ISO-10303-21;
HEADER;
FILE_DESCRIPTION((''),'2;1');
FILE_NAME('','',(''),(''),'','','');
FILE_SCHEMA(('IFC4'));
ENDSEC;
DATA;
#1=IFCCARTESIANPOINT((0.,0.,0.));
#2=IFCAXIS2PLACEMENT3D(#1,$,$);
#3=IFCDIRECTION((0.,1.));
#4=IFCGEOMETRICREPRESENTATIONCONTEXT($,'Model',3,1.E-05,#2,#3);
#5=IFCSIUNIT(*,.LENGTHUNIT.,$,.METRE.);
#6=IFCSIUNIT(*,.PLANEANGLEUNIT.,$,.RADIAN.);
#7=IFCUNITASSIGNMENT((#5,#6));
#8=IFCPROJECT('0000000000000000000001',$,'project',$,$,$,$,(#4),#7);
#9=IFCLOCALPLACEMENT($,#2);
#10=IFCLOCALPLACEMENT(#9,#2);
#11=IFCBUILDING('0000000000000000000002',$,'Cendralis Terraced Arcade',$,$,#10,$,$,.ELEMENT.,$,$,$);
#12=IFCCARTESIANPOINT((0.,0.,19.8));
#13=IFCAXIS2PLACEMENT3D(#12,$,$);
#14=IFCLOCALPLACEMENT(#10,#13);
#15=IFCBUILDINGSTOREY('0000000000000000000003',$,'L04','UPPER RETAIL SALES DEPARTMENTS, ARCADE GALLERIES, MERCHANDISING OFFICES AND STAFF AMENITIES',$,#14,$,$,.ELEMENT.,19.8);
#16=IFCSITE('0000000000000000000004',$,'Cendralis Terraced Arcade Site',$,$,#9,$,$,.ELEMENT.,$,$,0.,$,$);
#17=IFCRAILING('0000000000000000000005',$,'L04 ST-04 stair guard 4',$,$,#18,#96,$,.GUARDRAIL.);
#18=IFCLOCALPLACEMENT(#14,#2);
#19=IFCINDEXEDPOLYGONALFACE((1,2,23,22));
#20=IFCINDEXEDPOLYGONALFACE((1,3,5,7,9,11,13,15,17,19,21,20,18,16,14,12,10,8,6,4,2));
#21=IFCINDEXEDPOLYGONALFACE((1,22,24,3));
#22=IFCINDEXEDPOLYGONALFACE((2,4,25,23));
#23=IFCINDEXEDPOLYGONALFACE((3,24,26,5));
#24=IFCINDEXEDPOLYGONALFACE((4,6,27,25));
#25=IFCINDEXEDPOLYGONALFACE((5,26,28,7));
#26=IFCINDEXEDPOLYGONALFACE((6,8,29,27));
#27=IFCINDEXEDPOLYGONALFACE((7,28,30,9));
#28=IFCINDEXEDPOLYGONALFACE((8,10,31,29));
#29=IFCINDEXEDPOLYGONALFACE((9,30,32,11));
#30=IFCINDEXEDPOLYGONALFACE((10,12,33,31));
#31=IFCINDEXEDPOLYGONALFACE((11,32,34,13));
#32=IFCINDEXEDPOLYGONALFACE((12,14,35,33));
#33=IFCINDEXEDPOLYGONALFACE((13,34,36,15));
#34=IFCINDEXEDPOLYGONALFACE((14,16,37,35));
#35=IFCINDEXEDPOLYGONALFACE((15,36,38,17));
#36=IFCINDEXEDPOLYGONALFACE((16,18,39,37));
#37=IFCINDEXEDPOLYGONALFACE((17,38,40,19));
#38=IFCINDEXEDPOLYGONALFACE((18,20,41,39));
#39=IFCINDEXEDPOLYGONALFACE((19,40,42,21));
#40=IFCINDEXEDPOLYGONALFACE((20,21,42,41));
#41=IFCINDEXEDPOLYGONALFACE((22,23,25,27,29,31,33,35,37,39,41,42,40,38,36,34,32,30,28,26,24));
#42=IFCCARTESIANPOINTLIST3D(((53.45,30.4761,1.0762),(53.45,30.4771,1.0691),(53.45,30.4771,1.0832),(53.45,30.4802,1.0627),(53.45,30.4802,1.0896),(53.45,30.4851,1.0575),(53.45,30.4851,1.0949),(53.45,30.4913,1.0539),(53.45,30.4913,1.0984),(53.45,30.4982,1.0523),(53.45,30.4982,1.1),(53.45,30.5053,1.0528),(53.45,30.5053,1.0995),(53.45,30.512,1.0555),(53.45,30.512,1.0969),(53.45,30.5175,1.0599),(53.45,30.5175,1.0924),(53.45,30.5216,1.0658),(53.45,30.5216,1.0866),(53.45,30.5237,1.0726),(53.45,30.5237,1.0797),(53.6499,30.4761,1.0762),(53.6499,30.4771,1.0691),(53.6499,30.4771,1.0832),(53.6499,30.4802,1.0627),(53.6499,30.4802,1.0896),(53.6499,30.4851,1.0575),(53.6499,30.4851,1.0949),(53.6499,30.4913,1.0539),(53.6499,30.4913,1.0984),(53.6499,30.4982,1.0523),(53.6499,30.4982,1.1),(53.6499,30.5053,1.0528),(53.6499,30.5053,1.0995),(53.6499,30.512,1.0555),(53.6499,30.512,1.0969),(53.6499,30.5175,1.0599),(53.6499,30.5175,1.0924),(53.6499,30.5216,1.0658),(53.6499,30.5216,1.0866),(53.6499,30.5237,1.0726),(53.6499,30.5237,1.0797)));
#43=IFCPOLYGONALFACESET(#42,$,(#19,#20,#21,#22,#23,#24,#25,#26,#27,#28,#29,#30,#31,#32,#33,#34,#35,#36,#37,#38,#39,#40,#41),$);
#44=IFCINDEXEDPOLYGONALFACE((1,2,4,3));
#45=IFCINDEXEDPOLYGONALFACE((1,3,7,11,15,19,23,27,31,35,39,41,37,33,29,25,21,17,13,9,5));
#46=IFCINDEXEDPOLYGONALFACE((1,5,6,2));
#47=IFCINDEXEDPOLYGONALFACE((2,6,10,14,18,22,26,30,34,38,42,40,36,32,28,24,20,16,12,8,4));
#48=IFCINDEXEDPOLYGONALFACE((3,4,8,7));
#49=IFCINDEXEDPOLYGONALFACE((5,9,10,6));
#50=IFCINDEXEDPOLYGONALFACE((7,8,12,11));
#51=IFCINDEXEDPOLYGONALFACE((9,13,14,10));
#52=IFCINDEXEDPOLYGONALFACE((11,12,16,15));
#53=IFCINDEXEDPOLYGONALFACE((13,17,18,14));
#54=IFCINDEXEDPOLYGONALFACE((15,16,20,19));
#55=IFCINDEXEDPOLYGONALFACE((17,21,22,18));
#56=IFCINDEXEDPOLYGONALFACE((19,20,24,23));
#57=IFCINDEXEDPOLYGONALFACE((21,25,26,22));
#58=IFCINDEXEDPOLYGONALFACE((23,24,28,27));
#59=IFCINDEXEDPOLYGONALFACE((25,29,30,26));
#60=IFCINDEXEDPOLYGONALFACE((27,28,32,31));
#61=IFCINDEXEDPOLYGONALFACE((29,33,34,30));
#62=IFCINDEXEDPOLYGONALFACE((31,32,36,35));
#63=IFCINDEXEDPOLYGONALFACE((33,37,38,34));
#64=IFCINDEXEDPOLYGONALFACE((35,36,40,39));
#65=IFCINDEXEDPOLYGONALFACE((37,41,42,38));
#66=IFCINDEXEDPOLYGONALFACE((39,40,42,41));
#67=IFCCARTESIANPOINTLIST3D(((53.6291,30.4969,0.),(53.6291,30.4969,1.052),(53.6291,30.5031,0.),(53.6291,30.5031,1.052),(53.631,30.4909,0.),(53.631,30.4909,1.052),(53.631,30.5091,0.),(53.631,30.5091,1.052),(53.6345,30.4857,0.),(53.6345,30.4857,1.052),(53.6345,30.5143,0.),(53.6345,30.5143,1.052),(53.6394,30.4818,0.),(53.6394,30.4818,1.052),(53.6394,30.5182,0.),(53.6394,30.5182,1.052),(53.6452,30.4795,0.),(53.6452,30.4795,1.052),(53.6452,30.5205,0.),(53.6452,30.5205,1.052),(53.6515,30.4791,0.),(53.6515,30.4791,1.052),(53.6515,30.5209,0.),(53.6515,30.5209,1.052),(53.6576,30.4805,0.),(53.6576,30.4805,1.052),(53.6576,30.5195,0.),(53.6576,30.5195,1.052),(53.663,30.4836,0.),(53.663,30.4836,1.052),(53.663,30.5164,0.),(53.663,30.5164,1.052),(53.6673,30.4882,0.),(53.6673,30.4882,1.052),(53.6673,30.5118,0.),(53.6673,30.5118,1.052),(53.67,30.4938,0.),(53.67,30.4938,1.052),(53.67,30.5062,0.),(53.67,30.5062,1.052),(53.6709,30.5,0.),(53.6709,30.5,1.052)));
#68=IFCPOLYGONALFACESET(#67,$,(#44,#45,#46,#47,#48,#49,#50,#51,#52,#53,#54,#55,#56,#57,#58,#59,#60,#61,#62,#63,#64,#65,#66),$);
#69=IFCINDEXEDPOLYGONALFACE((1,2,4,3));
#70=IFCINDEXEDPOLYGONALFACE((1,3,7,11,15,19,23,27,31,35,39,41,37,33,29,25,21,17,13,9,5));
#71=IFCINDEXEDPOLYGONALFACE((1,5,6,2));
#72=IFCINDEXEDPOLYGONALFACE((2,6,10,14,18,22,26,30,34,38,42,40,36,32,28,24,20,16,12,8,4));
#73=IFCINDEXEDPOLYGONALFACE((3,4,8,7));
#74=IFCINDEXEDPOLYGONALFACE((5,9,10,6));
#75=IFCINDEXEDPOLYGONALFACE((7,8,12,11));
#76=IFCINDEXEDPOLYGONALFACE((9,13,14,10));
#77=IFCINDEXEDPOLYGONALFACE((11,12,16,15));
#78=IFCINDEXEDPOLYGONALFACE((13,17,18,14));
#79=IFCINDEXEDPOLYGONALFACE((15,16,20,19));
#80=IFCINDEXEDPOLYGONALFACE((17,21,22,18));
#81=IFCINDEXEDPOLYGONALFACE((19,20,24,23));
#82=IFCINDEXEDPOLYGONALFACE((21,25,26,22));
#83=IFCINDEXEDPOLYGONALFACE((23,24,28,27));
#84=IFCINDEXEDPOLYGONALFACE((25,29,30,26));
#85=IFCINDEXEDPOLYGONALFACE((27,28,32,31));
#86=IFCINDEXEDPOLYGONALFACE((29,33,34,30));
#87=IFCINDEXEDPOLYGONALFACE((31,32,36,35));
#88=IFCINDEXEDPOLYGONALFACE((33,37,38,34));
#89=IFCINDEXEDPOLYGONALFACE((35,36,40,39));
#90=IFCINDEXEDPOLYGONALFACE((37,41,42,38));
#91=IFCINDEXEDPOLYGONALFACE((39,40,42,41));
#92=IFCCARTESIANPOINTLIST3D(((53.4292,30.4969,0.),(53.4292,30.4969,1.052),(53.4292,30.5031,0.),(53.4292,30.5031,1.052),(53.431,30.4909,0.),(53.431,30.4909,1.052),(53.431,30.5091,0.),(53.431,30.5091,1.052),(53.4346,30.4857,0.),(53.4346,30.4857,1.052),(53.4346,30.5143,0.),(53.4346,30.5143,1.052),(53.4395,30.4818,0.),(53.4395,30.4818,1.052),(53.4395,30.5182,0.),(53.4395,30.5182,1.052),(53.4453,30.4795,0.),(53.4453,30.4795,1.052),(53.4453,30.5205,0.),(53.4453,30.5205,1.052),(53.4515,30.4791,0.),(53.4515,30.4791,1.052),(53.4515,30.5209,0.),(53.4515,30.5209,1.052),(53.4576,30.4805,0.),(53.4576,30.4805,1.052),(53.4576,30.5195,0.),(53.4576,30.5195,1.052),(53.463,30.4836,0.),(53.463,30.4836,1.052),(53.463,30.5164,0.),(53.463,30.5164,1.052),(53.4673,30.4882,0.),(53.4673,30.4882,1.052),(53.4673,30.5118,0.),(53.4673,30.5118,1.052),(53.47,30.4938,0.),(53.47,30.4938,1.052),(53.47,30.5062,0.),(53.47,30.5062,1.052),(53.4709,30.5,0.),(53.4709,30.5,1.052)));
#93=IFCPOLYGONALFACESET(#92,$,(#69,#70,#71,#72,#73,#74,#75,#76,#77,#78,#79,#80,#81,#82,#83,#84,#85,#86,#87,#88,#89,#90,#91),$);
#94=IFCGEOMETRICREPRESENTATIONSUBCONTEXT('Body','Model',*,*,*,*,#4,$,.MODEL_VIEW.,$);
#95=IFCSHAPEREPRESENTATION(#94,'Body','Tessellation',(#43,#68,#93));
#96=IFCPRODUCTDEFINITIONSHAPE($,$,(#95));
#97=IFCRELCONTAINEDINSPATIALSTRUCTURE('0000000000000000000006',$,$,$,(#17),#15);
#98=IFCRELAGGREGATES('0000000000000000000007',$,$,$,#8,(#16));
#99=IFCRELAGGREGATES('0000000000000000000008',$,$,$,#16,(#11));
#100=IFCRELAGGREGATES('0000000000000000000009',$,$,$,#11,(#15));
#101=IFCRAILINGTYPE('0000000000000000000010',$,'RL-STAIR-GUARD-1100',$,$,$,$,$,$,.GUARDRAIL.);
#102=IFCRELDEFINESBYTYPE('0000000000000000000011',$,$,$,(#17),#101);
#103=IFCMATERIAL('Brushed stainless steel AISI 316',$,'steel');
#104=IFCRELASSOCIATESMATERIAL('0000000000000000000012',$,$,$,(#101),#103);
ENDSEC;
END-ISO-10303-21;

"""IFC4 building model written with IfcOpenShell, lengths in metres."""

from ifc_helpers import new_model, si_unit, direction, frame, origin, origin_2d, place, context, subcontext, project, spatial, circle, extrude, material, type_object, element, save


model = new_model("IFC4")

# Units and contexts
model_context = context("Model", 3, precision=1e-05, world=origin(), true_north=direction((0.0, 1.0)))
body_context = subcontext(model_context, "Body", "Model", "MODEL_VIEW")
ifc_project = project(units=[si_unit("LENGTHUNIT", "METRE"), si_unit("PLANEANGLEUNIT", "RADIAN")], contexts=[model_context])

# Site, building, storey
site_placement = place(None, origin())
site = spatial("IfcSite", under=ifc_project, at=site_placement, Name="Cendralis Terraced Arcade Site", CompositionType="ELEMENT", RefElevation=0.0)
building_placement = place(site_placement, origin())
building = spatial("IfcBuilding", under=site, at=building_placement, Name="Cendralis Terraced Arcade", CompositionType="ELEMENT")
storey_placement = place(building_placement, frame((0.0, 0.0, 19.8)))
storey = spatial("IfcBuildingStorey", under=building, at=storey_placement, Name="L04", Description="UPPER RETAIL SALES DEPARTMENTS, ARCADE GALLERIES, MERCHANDISING OFFICES AND STAFF AMENITIES", CompositionType="ELEMENT", Elevation=19.8)

# Railing
ifc_material_1 = material(Name="Brushed stainless steel AISI 316", Category="steel")
railing_type = type_object("IfcRailingType", Name="RL-STAIR-GUARD-1100", PredefinedType="GUARDRAIL", material=ifc_material_1)
railing_1_placement = place(storey_placement, frame((53.6499, 30.5, 0.0)))
element("IfcRailing", 1, at=railing_1_placement, inside=storey, type_object=railing_type, Name="L04 ST-04 stair guard 4", PredefinedType="GUARDRAIL", context=body_context, shape_type="SweptSolid", body=[
    extrude(circle(Radius=0.0239, at=origin_2d()), frame((0.0, 0.0, 1.0762), z_axis=(-1.0, 0.0, 0.0), x_axis=(0.0, -1.0, 0.0)), (0.0, 0.0, 1.0), 0.2),
    extrude(circle(Radius=0.021, at=origin_2d()), origin(), (0.0, 0.0, 1.0), 1.052),
    extrude(circle(Radius=0.021, at=origin_2d()), frame((-0.2, 0.0, 0.0)), (0.0, 0.0, 1.0), 1.052),
])

save(model, "model.ifc")
